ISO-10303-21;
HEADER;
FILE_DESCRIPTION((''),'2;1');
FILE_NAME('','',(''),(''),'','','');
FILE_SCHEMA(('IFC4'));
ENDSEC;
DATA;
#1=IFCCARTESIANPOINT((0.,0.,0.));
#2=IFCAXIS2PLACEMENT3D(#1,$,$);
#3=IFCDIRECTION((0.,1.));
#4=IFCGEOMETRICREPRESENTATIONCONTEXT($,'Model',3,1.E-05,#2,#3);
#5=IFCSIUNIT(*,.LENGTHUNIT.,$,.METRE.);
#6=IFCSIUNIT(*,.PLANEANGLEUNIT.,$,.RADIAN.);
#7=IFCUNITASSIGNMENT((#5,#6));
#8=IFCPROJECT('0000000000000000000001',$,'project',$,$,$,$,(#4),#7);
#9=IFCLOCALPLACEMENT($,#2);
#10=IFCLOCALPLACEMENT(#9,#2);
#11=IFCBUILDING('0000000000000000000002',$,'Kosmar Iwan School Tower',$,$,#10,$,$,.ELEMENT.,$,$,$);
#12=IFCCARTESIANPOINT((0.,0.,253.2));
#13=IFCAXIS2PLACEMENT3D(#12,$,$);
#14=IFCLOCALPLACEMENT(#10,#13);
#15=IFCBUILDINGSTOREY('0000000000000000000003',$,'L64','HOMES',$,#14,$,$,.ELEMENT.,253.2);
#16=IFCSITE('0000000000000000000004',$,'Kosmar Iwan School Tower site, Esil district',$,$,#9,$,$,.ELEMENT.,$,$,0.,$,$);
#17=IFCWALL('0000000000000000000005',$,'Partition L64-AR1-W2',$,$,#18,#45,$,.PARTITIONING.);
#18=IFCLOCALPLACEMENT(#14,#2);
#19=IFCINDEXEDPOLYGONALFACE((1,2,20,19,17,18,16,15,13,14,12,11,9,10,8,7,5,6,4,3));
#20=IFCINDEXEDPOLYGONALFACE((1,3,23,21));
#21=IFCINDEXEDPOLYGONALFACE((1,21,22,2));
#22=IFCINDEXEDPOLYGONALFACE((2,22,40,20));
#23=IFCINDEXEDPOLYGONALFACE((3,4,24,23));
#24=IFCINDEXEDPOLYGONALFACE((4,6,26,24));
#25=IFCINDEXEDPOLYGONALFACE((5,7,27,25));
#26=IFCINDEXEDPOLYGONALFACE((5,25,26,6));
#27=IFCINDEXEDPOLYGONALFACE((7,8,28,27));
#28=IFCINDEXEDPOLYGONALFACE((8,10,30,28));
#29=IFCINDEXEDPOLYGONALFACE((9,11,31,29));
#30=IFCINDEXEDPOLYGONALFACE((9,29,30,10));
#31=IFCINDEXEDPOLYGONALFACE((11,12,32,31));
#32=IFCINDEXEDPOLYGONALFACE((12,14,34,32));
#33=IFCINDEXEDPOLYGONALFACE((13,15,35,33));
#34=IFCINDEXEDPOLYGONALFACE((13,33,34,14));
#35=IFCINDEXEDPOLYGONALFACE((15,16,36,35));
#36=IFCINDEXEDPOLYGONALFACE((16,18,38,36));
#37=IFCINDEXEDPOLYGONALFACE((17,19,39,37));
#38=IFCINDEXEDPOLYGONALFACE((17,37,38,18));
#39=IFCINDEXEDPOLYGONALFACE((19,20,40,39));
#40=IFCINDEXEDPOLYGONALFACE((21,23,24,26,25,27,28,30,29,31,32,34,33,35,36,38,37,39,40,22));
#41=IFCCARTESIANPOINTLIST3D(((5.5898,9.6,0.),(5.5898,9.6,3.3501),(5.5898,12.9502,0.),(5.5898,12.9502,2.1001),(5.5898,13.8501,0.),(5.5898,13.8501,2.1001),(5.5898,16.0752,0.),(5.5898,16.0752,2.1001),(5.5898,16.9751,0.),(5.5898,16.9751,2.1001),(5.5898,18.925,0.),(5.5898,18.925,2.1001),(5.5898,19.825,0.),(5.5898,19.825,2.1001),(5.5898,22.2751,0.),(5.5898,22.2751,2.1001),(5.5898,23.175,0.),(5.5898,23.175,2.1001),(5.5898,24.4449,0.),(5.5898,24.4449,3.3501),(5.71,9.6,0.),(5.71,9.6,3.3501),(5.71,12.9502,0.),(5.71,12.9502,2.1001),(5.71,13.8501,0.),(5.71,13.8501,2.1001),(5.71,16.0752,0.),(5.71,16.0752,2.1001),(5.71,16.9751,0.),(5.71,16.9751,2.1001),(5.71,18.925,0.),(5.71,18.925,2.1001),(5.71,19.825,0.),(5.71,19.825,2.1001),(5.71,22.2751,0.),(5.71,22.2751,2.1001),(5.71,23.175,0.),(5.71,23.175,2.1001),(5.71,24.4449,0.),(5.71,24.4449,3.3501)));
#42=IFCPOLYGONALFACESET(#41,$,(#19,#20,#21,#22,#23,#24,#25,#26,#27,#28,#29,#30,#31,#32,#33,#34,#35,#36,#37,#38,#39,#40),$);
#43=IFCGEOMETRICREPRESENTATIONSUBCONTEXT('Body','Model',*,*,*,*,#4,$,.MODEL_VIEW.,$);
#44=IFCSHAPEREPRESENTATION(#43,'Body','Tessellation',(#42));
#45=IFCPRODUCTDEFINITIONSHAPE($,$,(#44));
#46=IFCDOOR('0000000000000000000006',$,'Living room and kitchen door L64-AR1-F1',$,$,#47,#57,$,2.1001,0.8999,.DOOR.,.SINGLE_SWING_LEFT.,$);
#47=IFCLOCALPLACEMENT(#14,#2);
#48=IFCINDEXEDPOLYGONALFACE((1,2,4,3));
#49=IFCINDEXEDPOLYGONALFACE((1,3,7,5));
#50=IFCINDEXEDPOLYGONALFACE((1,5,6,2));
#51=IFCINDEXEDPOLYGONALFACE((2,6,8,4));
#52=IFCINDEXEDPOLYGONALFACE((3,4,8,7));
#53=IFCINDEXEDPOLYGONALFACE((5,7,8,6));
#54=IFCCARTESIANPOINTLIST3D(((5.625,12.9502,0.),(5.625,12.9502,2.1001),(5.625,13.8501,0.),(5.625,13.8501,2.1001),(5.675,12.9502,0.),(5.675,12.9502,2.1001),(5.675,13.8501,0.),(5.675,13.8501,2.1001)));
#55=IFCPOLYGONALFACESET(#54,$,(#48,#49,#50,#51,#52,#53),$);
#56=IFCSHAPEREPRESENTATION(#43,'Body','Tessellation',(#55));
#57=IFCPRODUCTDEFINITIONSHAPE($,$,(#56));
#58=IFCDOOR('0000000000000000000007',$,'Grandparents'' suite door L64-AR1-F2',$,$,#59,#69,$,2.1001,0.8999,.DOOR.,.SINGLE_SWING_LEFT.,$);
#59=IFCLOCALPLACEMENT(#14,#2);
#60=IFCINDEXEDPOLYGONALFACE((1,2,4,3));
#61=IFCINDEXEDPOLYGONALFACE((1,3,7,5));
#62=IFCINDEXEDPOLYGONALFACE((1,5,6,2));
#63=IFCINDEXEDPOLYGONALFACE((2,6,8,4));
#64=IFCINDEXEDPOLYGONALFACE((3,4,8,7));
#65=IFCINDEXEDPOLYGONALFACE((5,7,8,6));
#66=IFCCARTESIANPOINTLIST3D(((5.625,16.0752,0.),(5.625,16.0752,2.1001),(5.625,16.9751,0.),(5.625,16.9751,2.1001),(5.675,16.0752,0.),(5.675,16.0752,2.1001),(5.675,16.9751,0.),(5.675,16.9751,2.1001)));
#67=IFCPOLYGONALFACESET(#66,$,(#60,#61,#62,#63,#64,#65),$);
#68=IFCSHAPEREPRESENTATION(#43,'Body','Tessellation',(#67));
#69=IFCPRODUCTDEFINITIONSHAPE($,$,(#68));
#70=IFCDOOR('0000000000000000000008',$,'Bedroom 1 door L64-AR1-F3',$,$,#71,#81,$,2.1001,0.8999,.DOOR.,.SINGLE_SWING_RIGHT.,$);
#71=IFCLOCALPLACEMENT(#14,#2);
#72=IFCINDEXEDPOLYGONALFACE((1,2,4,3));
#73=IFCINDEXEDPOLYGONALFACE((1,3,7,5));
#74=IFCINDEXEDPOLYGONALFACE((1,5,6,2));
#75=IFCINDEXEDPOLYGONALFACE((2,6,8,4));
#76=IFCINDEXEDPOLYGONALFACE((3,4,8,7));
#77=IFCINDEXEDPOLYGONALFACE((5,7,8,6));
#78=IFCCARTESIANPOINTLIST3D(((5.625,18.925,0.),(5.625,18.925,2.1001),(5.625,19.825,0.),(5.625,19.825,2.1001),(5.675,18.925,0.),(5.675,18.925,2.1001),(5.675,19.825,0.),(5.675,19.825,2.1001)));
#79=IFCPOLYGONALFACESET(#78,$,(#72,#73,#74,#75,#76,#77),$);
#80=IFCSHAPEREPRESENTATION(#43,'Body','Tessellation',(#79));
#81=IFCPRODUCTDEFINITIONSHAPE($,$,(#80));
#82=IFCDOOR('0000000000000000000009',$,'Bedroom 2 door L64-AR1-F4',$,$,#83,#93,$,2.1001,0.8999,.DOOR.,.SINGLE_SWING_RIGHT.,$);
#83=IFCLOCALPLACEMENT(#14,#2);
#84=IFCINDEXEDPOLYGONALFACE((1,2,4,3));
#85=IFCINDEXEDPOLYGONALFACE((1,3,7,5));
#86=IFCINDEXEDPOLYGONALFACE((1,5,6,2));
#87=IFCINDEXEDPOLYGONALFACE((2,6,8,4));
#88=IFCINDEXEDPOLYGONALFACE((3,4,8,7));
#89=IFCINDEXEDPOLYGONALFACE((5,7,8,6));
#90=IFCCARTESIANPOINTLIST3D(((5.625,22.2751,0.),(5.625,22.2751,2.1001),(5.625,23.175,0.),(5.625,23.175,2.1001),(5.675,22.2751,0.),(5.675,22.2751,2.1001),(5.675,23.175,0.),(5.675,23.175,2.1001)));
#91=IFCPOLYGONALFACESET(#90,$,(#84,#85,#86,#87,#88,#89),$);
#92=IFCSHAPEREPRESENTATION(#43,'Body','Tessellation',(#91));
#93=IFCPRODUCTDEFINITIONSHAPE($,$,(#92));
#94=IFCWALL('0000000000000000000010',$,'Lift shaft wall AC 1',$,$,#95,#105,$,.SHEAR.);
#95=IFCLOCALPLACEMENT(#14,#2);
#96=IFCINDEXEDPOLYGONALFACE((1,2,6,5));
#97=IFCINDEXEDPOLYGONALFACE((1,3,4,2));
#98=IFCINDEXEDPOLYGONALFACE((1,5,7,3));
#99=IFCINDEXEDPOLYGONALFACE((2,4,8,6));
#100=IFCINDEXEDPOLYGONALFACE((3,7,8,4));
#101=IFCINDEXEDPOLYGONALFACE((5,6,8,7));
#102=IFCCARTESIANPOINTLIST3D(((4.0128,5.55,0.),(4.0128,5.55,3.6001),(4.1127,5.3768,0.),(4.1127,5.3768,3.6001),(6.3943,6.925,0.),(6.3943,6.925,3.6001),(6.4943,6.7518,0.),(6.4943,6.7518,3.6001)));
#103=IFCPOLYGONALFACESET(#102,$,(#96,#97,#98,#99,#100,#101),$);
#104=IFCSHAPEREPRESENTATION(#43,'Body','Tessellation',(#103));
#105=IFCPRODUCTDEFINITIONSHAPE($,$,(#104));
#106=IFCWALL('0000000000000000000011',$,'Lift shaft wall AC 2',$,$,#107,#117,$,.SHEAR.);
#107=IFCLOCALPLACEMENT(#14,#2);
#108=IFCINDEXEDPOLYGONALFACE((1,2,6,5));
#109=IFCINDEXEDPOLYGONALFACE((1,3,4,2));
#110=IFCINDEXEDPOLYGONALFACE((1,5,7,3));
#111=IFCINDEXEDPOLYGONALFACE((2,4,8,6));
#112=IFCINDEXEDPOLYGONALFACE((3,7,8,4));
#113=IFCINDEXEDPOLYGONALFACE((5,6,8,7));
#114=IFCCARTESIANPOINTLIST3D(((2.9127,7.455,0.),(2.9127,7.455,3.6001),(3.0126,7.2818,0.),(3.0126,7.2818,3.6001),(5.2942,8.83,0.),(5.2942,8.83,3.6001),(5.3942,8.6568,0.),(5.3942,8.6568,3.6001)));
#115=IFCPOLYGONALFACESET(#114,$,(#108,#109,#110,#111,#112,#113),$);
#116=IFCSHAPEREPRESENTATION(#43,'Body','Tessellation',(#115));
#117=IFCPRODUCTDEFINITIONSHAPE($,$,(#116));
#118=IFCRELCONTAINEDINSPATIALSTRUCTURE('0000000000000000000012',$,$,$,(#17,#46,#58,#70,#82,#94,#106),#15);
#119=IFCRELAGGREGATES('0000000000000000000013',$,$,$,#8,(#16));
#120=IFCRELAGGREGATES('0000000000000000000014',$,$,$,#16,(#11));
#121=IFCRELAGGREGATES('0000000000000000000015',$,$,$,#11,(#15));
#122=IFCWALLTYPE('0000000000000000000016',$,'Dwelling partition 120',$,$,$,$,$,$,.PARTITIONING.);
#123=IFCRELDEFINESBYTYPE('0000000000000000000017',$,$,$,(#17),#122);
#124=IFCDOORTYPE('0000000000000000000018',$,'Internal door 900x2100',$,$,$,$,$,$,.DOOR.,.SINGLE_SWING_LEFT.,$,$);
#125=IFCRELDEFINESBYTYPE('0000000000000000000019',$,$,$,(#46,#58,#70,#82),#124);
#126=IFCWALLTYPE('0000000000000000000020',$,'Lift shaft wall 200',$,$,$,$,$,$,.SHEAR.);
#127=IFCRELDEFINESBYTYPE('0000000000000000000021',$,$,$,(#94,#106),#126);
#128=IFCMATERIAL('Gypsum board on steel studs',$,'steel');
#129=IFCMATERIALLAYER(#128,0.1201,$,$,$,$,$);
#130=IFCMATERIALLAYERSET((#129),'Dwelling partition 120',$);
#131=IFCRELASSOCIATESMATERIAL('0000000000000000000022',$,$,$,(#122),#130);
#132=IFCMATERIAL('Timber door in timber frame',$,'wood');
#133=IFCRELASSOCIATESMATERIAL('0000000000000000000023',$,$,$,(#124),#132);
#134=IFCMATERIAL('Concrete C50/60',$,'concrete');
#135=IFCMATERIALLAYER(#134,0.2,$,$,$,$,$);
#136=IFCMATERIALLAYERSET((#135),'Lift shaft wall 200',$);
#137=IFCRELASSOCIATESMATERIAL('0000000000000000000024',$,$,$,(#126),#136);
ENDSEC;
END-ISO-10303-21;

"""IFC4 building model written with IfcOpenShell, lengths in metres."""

from ifc_helpers import new_model, si_unit, direction, frame, frame_2d, origin, place, context, subcontext, project, spatial, rectangle, extrude, material, layer, layer_set, type_object, element, fill, save


model = new_model("IFC4")

# Units and contexts
model_context = context("Model", 3, precision=1e-05, world=origin(), true_north=direction((0.0, 1.0)))
body_context = subcontext(model_context, "Body", "Model", "MODEL_VIEW")
ifc_project = project(units=[si_unit("LENGTHUNIT", "METRE"), si_unit("PLANEANGLEUNIT", "RADIAN")], contexts=[model_context])

# Site, building, storey
site_placement = place(None, origin())
site = spatial("IfcSite", under=ifc_project, at=site_placement, Name="Kosmar Iwan School Tower site, Esil district", CompositionType="ELEMENT", RefElevation=0.0)
building_placement = place(site_placement, origin())
building = spatial("IfcBuilding", under=site, at=building_placement, Name="Kosmar Iwan School Tower", CompositionType="ELEMENT")
storey_placement = place(building_placement, frame((0.0, 0.0, 253.2)))
storey = spatial("IfcBuildingStorey", under=building, at=storey_placement, Name="L64", Description="HOMES", CompositionType="ELEMENT", Elevation=253.2)

# Wall, openings, doors
ifc_material_1 = material(Name="Gypsum board on steel studs", Category="steel")
ifc_layer_1 = layer(ifc_material_1, 0.1201)
ifc_layer_set_1 = layer_set([ifc_layer_1], Name="Dwelling partition 120")
wall_type_1 = type_object("IfcWallType", Name="Dwelling partition 120", PredefinedType="PARTITIONING", material=ifc_layer_set_1)
ifc_material_2 = material(Name="Timber door in timber frame", Category="wood")
door_type_1 = type_object("IfcDoorType", Name="Internal door 900x2100", OperationType="SINGLE_SWING_LEFT", PredefinedType="DOOR", material=ifc_material_2)
wall_1_placement = place(storey_placement, frame((5.6499, 9.6001, 0.0), z_axis=(0.0, 0.0, 1.0), x_axis=(0.0, 1.0, 0.0)))
wall_1 = element("IfcWall", 1, at=wall_1_placement, inside=storey, type_object=wall_type_1, Name="Partition L64-AR1-W2", PredefinedType="PARTITIONING", context=body_context, shape_type="SweptSolid", body=[
    extrude(rectangle(XDim=14.845, YDim=0.1201, at=frame_2d((7.4224, 0.0))), origin(), (0.0, 0.0, 1.0), 3.3501),
])
opening_1_placement = place(wall_1_placement, frame((3.3501, 0.0, 0.0)))
opening_1 = element("IfcOpeningElement", 2, at=opening_1_placement, cuts=wall_1, PredefinedType="OPENING", context=body_context, shape_type="SweptSolid", body=[
    extrude(rectangle(XDim=0.8999, YDim=2.1001, at=frame_2d((0.45, 1.05))), frame((0.0, 0.072, 0.0), z_axis=(0.0, -1.0, 0.0), x_axis=(1.0, 0.0, 0.0)), (0.0, 0.0, 1.0), 0.144),
])
opening_2_placement = place(wall_1_placement, frame((6.4751, 0.0, 0.0)))
opening_2 = element("IfcOpeningElement", 3, at=opening_2_placement, cuts=wall_1, PredefinedType="OPENING", context=body_context, shape_type="SweptSolid", body=[
    extrude(rectangle(XDim=0.8999, YDim=2.1001, at=frame_2d((0.45, 1.05))), frame((0.0, 0.072, 0.0), z_axis=(0.0, -1.0, 0.0), x_axis=(1.0, 0.0, 0.0)), (0.0, 0.0, 1.0), 0.144),
])
opening_3_placement = place(wall_1_placement, frame((9.325, 0.0, 0.0)))
opening_3 = element("IfcOpeningElement", 4, at=opening_3_placement, cuts=wall_1, PredefinedType="OPENING", context=body_context, shape_type="SweptSolid", body=[
    extrude(rectangle(XDim=0.8999, YDim=2.1001, at=frame_2d((0.45, 1.05))), frame((0.0, 0.072, 0.0), z_axis=(0.0, -1.0, 0.0), x_axis=(1.0, 0.0, 0.0)), (0.0, 0.0, 1.0), 0.144),
])
opening_4_placement = place(wall_1_placement, frame((12.675, 0.0, 0.0)))
opening_4 = element("IfcOpeningElement", 5, at=opening_4_placement, cuts=wall_1, PredefinedType="OPENING", context=body_context, shape_type="SweptSolid", body=[
    extrude(rectangle(XDim=0.8999, YDim=2.1001, at=frame_2d((0.45, 1.05))), frame((0.0, 0.072, 0.0), z_axis=(0.0, -1.0, 0.0), x_axis=(1.0, 0.0, 0.0)), (0.0, 0.0, 1.0), 0.144),
])
door_1_placement = place(opening_1_placement, origin())
door_1 = element("IfcDoor", 6, at=door_1_placement, inside=storey, type_object=door_type_1, Name="Living room and kitchen door L64-AR1-F1", OperationType="SINGLE_SWING_LEFT", OverallHeight=2.1001, OverallWidth=0.8999, PredefinedType="DOOR", context=body_context, shape_type="SweptSolid", body=[
    extrude(rectangle(XDim=0.8999, YDim=2.1001, at=frame_2d((0.45, 1.05))), frame((0.0, 0.0249, 0.0), z_axis=(0.0, -1.0, 0.0), x_axis=(1.0, 0.0, 0.0)), (0.0, 0.0, 1.0), 0.05),
])
fill(opening_1, door_1)
door_2_placement = place(opening_2_placement, origin())
door_2 = element("IfcDoor", 7, at=door_2_placement, inside=storey, type_object=door_type_1, Name="Grandparents' suite door L64-AR1-F2", OperationType="SINGLE_SWING_LEFT", OverallHeight=2.1001, OverallWidth=0.8999, PredefinedType="DOOR", context=body_context, shape_type="SweptSolid", body=[
    extrude(rectangle(XDim=0.8999, YDim=2.1001, at=frame_2d((0.45, 1.05))), frame((0.0, 0.0249, 0.0), z_axis=(0.0, -1.0, 0.0), x_axis=(1.0, 0.0, 0.0)), (0.0, 0.0, 1.0), 0.05),
])
fill(opening_2, door_2)
door_3_placement = place(opening_3_placement, origin())
door_3 = element("IfcDoor", 8, at=door_3_placement, inside=storey, type_object=door_type_1, Name="Bedroom 1 door L64-AR1-F3", OperationType="SINGLE_SWING_RIGHT", OverallHeight=2.1001, OverallWidth=0.8999, PredefinedType="DOOR", context=body_context, shape_type="SweptSolid", body=[
    extrude(rectangle(XDim=0.8999, YDim=2.1001, at=frame_2d((0.45, 1.05))), frame((0.0, 0.0249, 0.0), z_axis=(0.0, -1.0, 0.0), x_axis=(1.0, 0.0, 0.0)), (0.0, 0.0, 1.0), 0.05),
])
fill(opening_3, door_3)
door_4_placement = place(opening_4_placement, origin())
door_4 = element("IfcDoor", 9, at=door_4_placement, inside=storey, type_object=door_type_1, Name="Bedroom 2 door L64-AR1-F4", OperationType="SINGLE_SWING_RIGHT", OverallHeight=2.1001, OverallWidth=0.8999, PredefinedType="DOOR", context=body_context, shape_type="SweptSolid", body=[
    extrude(rectangle(XDim=0.8999, YDim=2.1001, at=frame_2d((0.45, 1.05))), frame((0.0, 0.0249, 0.0), z_axis=(0.0, -1.0, 0.0), x_axis=(1.0, 0.0, 0.0)), (0.0, 0.0, 1.0), 0.05),
])
fill(opening_4, door_4)

# Walls
ifc_material_3 = material(Name="Concrete C50/60", Category="concrete")
ifc_layer_2 = layer(ifc_material_3, 0.2)
ifc_layer_set_2 = layer_set([ifc_layer_2], Name="Lift shaft wall 200")
wall_type_2 = type_object("IfcWallType", Name="Lift shaft wall 200", PredefinedType="SHEAR", material=ifc_layer_set_2)
for number, where, z_axis, x_axis, name in (
    (10, (4.0627, 5.4634, 0.0), (0.0, 0.0, 1.0), (0.866027, 0.499997, 0.0), "Lift shaft wall AC 1"),
    (11, (2.9626, 7.3684, 0.0), (0.0, 0.0, 1.0), (0.866027, 0.499997, 0.0), "Lift shaft wall AC 2"),
):
    element("IfcWall", number, at=place(storey_placement, frame(where, z_axis=z_axis, x_axis=x_axis)), inside=storey, type_object=wall_type_2, Name=name, PredefinedType="SHEAR", context=body_context, shape_type="SweptSolid", body=[
        extrude(rectangle(XDim=2.75, YDim=0.2, at=frame_2d((1.375, 0.0))), origin(), (0.0, 0.0, 1.0), 3.6001),
    ])

save(model, "model.ifc")
